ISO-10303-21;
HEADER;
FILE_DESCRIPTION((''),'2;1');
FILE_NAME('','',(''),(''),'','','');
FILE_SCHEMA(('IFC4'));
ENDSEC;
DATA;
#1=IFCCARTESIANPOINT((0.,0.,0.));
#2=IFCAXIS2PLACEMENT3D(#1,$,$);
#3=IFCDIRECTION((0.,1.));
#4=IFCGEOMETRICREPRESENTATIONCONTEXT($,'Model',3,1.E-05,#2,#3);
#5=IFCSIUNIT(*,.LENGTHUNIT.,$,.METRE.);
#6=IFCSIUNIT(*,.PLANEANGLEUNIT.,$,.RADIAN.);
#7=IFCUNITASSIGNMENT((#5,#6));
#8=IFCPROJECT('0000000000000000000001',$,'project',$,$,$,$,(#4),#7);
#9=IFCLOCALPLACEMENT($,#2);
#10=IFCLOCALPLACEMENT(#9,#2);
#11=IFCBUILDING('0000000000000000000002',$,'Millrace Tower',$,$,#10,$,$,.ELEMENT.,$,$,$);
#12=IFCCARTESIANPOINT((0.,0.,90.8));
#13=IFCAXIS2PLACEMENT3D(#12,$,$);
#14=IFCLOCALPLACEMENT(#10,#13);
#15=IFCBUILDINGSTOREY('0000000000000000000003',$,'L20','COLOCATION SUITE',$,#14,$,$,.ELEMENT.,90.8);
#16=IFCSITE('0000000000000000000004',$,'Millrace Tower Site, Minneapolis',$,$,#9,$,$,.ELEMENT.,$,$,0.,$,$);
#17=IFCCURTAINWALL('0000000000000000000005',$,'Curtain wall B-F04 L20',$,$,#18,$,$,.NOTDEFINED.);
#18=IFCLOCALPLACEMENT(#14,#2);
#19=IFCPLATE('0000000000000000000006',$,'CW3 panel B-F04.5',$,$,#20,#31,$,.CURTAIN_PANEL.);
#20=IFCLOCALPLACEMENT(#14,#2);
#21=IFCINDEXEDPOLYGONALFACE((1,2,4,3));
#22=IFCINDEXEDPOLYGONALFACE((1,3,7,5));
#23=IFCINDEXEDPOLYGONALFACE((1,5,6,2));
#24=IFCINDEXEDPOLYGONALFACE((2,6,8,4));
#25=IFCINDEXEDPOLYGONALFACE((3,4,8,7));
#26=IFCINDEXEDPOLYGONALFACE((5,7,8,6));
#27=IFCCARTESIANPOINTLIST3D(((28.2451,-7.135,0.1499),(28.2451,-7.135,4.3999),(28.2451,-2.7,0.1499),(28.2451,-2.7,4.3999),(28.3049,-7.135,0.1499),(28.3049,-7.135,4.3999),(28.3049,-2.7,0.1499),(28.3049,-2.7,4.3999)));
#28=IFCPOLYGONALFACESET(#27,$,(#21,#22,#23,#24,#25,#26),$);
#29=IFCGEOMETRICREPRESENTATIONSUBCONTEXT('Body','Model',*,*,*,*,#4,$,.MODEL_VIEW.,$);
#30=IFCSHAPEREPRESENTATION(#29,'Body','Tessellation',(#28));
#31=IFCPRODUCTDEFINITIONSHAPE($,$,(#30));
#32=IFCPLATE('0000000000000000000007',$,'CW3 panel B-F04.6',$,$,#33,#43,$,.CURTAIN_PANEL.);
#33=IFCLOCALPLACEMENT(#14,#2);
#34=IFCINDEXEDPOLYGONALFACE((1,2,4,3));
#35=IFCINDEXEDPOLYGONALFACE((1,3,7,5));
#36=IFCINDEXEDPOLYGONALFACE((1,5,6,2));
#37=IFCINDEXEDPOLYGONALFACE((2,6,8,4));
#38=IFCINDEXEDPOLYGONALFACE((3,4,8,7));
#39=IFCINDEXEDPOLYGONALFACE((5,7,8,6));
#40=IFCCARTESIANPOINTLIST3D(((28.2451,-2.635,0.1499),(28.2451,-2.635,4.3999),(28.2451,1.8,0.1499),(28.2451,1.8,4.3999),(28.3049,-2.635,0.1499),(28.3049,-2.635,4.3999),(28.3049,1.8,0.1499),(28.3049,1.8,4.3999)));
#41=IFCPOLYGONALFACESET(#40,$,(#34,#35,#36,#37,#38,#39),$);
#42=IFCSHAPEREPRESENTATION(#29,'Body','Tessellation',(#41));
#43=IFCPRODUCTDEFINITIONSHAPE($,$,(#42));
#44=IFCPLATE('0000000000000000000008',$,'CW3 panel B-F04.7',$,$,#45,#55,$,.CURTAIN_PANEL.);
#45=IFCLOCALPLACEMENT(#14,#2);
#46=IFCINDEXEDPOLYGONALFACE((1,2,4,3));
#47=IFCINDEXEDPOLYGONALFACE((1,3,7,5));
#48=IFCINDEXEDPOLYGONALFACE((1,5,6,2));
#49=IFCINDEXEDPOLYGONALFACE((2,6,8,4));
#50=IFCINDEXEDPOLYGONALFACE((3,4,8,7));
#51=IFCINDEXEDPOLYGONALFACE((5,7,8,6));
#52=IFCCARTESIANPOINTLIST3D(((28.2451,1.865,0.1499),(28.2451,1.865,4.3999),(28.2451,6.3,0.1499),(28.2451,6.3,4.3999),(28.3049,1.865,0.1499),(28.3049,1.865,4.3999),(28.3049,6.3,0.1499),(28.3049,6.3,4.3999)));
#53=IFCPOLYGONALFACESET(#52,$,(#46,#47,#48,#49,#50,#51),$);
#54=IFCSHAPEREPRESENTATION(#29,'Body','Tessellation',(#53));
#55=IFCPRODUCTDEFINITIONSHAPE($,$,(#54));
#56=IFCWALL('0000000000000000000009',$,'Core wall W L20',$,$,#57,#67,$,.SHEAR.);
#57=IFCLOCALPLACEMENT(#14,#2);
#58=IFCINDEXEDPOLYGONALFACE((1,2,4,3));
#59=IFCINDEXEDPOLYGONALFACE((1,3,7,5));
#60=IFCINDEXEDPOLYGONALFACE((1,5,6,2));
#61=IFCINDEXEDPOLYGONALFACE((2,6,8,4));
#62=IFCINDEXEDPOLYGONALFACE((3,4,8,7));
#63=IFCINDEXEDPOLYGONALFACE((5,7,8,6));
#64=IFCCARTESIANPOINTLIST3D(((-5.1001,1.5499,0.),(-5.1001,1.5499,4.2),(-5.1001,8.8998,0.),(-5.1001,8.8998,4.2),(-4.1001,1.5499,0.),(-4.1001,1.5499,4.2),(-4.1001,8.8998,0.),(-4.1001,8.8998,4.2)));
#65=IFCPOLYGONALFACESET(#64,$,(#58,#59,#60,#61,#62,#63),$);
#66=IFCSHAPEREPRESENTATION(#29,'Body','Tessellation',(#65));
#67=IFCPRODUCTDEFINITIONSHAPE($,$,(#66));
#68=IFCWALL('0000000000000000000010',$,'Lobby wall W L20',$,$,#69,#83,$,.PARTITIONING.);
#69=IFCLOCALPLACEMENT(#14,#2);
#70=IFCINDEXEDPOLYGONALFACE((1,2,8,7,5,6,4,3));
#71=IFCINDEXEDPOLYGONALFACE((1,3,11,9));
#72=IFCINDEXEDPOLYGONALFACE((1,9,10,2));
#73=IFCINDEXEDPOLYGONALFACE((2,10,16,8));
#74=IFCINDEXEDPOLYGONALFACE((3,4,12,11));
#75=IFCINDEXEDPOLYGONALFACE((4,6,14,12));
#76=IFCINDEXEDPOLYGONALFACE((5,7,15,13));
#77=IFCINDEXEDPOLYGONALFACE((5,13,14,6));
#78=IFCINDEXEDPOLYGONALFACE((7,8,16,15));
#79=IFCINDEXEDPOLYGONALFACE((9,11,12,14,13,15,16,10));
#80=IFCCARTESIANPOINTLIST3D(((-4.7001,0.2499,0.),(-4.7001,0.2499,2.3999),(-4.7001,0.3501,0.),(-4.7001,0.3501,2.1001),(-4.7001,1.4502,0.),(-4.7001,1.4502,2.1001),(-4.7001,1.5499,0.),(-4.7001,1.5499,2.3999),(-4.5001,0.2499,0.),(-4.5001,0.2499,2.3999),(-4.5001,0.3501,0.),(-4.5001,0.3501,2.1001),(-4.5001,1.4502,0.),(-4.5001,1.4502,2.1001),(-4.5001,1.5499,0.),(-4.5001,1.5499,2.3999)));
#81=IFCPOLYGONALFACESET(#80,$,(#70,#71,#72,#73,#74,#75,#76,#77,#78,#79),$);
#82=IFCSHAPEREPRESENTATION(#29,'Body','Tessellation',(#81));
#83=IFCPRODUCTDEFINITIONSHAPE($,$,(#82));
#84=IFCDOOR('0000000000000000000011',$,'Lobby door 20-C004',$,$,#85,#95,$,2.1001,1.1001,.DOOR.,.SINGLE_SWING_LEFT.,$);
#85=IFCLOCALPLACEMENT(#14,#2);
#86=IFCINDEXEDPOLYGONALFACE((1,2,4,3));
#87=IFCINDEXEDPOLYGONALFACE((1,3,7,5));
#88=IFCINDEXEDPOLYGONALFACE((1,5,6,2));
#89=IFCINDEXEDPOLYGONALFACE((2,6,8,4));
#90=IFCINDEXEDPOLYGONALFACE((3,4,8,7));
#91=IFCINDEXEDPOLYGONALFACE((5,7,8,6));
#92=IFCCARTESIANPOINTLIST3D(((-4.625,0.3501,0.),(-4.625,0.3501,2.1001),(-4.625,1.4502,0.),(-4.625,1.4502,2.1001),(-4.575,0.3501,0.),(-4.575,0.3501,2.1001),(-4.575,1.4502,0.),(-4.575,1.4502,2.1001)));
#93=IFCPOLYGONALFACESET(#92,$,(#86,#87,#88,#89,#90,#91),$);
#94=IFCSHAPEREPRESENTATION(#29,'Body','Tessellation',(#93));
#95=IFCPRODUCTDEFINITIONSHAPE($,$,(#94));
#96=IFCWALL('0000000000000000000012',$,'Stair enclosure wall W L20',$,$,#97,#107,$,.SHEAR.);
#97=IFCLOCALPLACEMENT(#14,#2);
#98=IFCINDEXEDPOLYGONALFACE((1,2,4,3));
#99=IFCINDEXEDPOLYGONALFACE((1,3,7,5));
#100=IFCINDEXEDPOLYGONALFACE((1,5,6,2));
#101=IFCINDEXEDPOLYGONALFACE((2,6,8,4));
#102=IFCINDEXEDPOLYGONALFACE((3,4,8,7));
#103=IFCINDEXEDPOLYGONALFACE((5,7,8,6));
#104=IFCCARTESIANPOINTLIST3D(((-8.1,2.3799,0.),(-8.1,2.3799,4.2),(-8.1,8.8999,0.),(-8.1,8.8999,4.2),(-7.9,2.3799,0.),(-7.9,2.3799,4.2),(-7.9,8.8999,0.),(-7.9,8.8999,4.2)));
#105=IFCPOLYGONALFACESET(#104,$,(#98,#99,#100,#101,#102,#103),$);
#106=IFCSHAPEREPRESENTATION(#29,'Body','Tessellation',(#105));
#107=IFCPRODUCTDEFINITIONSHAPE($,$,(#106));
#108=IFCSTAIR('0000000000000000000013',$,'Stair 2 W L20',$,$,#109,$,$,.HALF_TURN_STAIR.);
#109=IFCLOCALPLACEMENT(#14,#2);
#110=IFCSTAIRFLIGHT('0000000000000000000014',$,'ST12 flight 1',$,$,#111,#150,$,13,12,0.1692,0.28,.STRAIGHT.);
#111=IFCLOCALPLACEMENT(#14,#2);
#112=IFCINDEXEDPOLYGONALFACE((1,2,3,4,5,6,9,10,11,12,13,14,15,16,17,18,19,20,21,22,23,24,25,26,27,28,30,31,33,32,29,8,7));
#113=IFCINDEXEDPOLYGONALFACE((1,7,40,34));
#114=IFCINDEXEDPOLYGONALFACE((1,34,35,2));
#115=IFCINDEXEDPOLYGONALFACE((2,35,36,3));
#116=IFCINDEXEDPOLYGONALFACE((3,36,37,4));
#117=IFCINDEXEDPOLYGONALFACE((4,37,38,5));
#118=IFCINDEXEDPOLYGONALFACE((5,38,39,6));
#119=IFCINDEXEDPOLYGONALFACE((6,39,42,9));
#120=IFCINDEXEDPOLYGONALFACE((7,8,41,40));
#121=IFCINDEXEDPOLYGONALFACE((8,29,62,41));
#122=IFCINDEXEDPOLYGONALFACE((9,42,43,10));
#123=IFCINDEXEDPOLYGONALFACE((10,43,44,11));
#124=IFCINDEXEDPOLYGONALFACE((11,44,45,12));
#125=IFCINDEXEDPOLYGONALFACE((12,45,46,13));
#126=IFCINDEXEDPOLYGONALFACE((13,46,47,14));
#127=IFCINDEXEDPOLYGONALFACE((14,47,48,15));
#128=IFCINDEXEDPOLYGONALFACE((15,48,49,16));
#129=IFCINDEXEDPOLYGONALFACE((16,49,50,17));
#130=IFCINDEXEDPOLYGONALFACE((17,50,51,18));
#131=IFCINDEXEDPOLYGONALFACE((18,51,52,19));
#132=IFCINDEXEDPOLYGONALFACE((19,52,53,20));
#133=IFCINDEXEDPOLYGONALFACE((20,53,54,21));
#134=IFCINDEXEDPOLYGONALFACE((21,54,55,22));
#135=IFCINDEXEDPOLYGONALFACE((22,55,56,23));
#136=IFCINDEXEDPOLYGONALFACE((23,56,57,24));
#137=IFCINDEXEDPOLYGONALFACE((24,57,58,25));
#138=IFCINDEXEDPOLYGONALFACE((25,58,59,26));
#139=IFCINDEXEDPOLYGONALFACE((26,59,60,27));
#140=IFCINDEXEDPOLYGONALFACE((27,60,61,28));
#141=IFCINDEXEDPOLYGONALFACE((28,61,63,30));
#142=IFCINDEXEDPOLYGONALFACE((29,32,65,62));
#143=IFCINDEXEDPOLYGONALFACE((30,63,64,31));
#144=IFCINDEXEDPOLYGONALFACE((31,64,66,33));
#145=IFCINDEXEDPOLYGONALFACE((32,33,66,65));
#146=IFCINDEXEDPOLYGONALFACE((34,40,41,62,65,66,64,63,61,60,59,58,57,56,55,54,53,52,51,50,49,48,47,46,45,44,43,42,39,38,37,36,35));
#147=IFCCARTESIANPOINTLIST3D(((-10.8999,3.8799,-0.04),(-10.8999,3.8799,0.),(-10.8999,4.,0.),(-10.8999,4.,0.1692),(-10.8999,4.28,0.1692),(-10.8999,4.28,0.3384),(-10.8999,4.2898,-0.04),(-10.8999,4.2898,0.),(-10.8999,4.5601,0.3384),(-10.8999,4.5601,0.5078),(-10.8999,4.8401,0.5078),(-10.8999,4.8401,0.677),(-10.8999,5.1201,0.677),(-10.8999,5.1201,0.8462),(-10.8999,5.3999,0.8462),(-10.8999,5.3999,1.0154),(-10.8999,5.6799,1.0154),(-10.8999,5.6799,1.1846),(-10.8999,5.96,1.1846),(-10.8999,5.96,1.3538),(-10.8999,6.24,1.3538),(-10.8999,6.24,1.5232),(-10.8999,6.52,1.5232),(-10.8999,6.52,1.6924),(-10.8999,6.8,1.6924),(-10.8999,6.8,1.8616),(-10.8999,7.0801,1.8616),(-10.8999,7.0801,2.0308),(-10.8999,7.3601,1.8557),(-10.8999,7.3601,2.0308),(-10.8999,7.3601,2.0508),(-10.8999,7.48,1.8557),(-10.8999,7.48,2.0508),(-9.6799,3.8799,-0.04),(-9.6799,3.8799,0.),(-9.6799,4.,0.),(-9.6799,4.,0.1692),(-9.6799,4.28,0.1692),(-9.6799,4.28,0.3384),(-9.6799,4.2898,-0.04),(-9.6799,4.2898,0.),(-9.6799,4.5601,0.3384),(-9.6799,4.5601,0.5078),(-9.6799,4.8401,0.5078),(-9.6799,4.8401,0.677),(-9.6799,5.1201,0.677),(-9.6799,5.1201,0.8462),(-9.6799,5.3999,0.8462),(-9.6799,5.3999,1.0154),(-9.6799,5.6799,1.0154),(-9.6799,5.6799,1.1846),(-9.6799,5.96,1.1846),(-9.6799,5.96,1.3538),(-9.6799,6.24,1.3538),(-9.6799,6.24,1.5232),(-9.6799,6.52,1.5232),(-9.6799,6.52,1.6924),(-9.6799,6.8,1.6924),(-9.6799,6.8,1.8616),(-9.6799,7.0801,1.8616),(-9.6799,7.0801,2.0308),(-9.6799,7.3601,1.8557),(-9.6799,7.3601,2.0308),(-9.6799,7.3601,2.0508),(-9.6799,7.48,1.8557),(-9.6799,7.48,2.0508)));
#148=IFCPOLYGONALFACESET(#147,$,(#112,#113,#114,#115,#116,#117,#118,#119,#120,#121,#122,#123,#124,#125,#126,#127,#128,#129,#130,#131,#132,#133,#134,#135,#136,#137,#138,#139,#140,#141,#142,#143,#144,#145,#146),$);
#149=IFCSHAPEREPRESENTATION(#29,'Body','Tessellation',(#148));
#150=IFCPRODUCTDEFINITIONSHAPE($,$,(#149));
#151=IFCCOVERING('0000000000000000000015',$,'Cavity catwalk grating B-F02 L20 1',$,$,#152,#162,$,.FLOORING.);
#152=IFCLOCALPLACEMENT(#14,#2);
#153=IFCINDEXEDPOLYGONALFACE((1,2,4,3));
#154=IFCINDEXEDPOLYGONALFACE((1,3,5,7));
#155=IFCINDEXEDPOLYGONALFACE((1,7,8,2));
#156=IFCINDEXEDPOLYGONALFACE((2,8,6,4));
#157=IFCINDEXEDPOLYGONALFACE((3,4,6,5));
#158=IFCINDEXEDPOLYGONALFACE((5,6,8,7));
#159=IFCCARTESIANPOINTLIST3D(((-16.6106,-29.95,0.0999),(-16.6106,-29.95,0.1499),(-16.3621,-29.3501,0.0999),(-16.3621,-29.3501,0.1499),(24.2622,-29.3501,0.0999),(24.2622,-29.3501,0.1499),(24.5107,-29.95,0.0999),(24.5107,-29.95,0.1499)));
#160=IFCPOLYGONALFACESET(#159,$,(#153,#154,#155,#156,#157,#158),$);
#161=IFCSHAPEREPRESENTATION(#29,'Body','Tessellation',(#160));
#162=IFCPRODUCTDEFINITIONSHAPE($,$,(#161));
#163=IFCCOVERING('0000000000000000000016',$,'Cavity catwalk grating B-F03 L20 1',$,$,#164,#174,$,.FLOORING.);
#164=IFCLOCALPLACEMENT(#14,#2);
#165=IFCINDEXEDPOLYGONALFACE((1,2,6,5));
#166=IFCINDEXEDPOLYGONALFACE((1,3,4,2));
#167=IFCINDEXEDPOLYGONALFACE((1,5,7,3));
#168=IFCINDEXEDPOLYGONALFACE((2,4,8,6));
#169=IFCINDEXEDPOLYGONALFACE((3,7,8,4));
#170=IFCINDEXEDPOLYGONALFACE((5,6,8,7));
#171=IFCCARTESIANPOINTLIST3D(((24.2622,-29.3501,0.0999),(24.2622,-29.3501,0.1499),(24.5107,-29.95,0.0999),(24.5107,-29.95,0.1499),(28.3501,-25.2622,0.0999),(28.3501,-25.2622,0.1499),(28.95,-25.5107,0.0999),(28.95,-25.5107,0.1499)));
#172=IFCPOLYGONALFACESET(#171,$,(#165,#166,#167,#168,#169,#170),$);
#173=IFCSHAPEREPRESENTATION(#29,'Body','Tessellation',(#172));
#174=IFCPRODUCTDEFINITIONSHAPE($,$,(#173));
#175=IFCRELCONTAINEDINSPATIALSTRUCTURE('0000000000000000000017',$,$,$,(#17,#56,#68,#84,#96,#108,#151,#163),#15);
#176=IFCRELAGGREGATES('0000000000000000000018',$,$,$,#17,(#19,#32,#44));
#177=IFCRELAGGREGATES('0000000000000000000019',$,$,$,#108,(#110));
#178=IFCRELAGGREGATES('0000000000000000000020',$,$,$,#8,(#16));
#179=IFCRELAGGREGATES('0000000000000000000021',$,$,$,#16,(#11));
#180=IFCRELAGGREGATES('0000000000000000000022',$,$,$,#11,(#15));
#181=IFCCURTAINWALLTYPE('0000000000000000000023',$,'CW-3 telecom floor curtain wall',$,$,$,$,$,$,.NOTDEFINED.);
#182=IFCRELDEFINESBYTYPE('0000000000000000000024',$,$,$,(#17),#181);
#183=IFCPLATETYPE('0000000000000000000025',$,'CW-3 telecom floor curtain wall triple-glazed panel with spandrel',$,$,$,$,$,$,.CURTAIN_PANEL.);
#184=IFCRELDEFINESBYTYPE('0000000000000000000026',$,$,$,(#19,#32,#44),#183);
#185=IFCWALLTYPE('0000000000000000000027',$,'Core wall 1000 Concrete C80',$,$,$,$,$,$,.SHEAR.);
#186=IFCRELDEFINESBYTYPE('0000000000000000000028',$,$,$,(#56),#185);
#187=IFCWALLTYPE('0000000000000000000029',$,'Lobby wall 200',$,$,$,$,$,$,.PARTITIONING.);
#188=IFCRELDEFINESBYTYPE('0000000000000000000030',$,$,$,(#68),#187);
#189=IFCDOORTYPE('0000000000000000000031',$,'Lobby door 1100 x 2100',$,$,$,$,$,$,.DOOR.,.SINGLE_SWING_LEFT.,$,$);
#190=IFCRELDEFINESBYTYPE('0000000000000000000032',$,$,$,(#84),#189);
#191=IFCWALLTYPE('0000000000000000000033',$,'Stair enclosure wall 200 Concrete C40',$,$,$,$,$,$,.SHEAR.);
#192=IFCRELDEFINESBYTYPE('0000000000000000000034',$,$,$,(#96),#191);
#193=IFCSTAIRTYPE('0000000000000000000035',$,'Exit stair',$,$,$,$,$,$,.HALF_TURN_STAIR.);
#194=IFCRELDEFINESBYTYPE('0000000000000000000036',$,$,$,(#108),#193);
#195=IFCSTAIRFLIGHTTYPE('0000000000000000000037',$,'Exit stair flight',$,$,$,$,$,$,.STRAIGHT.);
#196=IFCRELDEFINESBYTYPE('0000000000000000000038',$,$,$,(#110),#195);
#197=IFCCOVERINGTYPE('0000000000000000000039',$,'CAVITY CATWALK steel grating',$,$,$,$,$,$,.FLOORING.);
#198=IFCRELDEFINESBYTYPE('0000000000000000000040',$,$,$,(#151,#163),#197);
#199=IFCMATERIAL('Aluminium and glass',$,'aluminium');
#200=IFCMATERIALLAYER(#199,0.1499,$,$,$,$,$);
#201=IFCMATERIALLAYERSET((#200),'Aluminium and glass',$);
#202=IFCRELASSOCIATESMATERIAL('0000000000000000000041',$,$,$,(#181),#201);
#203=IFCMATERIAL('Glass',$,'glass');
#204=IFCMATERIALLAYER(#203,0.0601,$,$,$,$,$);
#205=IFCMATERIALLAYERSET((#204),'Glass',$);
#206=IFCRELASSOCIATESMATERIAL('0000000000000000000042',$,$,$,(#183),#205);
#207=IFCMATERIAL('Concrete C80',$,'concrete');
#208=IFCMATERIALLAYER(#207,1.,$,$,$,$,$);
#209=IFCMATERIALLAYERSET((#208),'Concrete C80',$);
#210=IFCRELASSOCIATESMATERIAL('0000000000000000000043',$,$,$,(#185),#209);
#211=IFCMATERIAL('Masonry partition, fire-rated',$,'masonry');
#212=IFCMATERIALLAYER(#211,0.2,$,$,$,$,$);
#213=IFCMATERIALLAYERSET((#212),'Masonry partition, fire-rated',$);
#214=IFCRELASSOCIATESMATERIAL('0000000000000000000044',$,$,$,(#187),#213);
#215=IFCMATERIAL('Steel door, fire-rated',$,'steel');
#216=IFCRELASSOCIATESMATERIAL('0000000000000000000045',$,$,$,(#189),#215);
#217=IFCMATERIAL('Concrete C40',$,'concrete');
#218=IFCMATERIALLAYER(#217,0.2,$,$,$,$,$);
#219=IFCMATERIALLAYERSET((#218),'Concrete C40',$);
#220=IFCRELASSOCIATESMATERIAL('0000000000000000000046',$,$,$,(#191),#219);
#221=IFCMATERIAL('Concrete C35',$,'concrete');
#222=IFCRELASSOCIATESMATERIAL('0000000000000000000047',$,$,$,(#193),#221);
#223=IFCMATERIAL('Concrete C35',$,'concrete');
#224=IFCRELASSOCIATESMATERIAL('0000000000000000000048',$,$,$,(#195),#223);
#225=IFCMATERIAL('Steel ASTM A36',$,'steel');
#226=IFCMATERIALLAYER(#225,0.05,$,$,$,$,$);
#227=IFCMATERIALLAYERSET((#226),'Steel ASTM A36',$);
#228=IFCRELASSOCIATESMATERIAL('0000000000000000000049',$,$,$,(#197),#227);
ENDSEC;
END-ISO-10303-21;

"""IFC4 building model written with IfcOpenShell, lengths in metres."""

from ifc_helpers import new_model, si_unit, direction, frame, frame_2d, origin, place, context, subcontext, project, spatial, polyline, rectangle, outline, extrude, material, layer, layer_set, type_object, element, fill, aggregate, save


model = new_model("IFC4")

# Units and contexts
model_context = context("Model", 3, precision=1e-05, world=origin(), true_north=direction((0.0, 1.0)))
body_context = subcontext(model_context, "Body", "Model", "MODEL_VIEW")
ifc_project = project(units=[si_unit("LENGTHUNIT", "METRE"), si_unit("PLANEANGLEUNIT", "RADIAN")], contexts=[model_context])

# Site, building, storey
site_placement = place(None, origin())
site = spatial("IfcSite", under=ifc_project, at=site_placement, Name="Millrace Tower Site, Minneapolis", CompositionType="ELEMENT", RefElevation=0.0)
building_placement = place(site_placement, origin())
building = spatial("IfcBuilding", under=site, at=building_placement, Name="Millrace Tower", CompositionType="ELEMENT")
storey_placement = place(building_placement, frame((0.0, 0.0, 90.8)))
storey = spatial("IfcBuildingStorey", under=building, at=storey_placement, Name="L20", Description="COLOCATION SUITE", CompositionType="ELEMENT", Elevation=90.8)

# Shared definitions
ifc_material_1 = material(Name="Aluminium and glass", Category="aluminium")
ifc_layer_1 = layer(ifc_material_1, 0.1499)
ifc_layer_set_1 = layer_set([ifc_layer_1], Name="Aluminium and glass")
curtain_wall_type = type_object("IfcCurtainWallType", Name="CW-3 telecom floor curtain wall", PredefinedType="NOTDEFINED", material=ifc_layer_set_1)
placement_1 = place(storey_placement, origin())
ifc_material_2 = material(Name="Glass", Category="glass")
ifc_layer_2 = layer(ifc_material_2, 0.0601)
ifc_layer_set_2 = layer_set([ifc_layer_2], Name="Glass")
plate_type = type_object("IfcPlateType", Name="CW-3 telecom floor curtain wall triple-glazed panel with spandrel", PredefinedType="CURTAIN_PANEL", material=ifc_layer_set_2)
placement_2 = place(storey_placement, frame((0.0, 0.0, 0.1499)))

# Curtain wall, plates
curtain_wall_1 = element("IfcCurtainWall", 1, at=placement_1, inside=storey, type_object=curtain_wall_type, Name="Curtain wall B-F04 L20", PredefinedType="NOTDEFINED")
plate_1 = element("IfcPlate", 2, at=placement_2, type_object=plate_type, Name="CW3 panel B-F04.5", PredefinedType="CURTAIN_PANEL", context=body_context, shape_type="SweptSolid", body=[
    extrude(outline(polyline([(28.3049, -7.135), (28.3049, -2.7), (28.2451, -2.7), (28.2451, -7.135), (28.3049, -7.135)])), origin(), (0.0, 0.0, 1.0), 4.25),
])
plate_2 = element("IfcPlate", 3, at=placement_2, type_object=plate_type, Name="CW3 panel B-F04.6", PredefinedType="CURTAIN_PANEL", context=body_context, shape_type="SweptSolid", body=[
    extrude(outline(polyline([(28.3049, -2.635), (28.3049, 1.8), (28.2451, 1.8), (28.2451, -2.635), (28.3049, -2.635)])), origin(), (0.0, 0.0, 1.0), 4.25),
])
plate_3 = element("IfcPlate", 4, at=placement_2, type_object=plate_type, Name="CW3 panel B-F04.7", PredefinedType="CURTAIN_PANEL", context=body_context, shape_type="SweptSolid", body=[
    extrude(outline(polyline([(28.3049, 1.865), (28.3049, 6.3), (28.2451, 6.3), (28.2451, 1.865), (28.3049, 1.865)])), origin(), (0.0, 0.0, 1.0), 4.25),
])
aggregate(curtain_wall_1, [plate_1, plate_2, plate_3])

# Wall
ifc_material_3 = material(Name="Concrete C80", Category="concrete")
ifc_layer_3 = layer(ifc_material_3, 1.0)
ifc_layer_set_3 = layer_set([ifc_layer_3], Name="Concrete C80")
wall_type_1 = type_object("IfcWallType", Name="Core wall 1000 Concrete C80", PredefinedType="SHEAR", material=ifc_layer_set_3)
wall_1_placement = place(storey_placement, frame((-4.6001, 1.55, 0.0), z_axis=(0.0, 0.0, 1.0), x_axis=(0.0, 1.0, 0.0)))
element("IfcWall", 5, at=wall_1_placement, inside=storey, type_object=wall_type_1, Name="Core wall W L20", PredefinedType="SHEAR", context=body_context, shape_type="SweptSolid", body=[
    extrude(rectangle(XDim=7.3499, YDim=1.0, at=frame_2d((3.6748, 0.0))), origin(), (0.0, 0.0, 1.0), 4.2),
])

# Wall, opening, door
ifc_material_4 = material(Name="Masonry partition, fire-rated", Category="masonry")
ifc_layer_4 = layer(ifc_material_4, 0.2)
ifc_layer_set_4 = layer_set([ifc_layer_4], Name="Masonry partition, fire-rated")
wall_type_2 = type_object("IfcWallType", Name="Lobby wall 200", PredefinedType="PARTITIONING", material=ifc_layer_set_4)
wall_2_placement = place(storey_placement, frame((-4.6001, 0.25, 0.0), z_axis=(0.0, 0.0, 1.0), x_axis=(0.0, 1.0, 0.0)))
wall_2 = element("IfcWall", 6, at=wall_2_placement, inside=storey, type_object=wall_type_2, Name="Lobby wall W L20", PredefinedType="PARTITIONING", context=body_context, shape_type="SweptSolid", body=[
    extrude(rectangle(XDim=1.3, YDim=0.2, at=frame_2d((0.6499, 0.0))), origin(), (0.0, 0.0, 1.0), 2.3999),
])
opening_placement = place(wall_2_placement, frame((0.1001, 0.0, 0.0)))
opening = element("IfcOpeningElement", 7, at=opening_placement, cuts=wall_2, PredefinedType="OPENING", context=body_context, shape_type="SweptSolid", body=[
    extrude(rectangle(XDim=1.1001, YDim=2.1001, at=frame_2d((0.55, 1.05))), frame((0.0, 0.1099, 0.0), z_axis=(0.0, -1.0, 0.0), x_axis=(1.0, 0.0, 0.0)), (0.0, 0.0, 1.0), 0.22),
])
ifc_material_5 = material(Name="Steel door, fire-rated", Category="steel")
door_type = type_object("IfcDoorType", Name="Lobby door 1100 x 2100", OperationType="SINGLE_SWING_LEFT", PredefinedType="DOOR", material=ifc_material_5)
door_placement = place(opening_placement, origin())
door = element("IfcDoor", 8, at=door_placement, inside=storey, type_object=door_type, Name="Lobby door 20-C004", OperationType="SINGLE_SWING_LEFT", OverallHeight=2.1001, OverallWidth=1.1001, PredefinedType="DOOR", context=body_context, shape_type="SweptSolid", body=[
    extrude(rectangle(XDim=1.1001, YDim=2.1001, at=frame_2d((0.55, 1.05))), frame((0.0, 0.0249, 0.0), z_axis=(0.0, -1.0, 0.0), x_axis=(1.0, 0.0, 0.0)), (0.0, 0.0, 1.0), 0.05),
])
fill(opening, door)

# Wall
ifc_material_6 = material(Name="Concrete C40", Category="concrete")
ifc_layer_5 = layer(ifc_material_6, 0.2)
ifc_layer_set_5 = layer_set([ifc_layer_5], Name="Concrete C40")
wall_type_3 = type_object("IfcWallType", Name="Stair enclosure wall 200 Concrete C40", PredefinedType="SHEAR", material=ifc_layer_set_5)
wall_3_placement = place(storey_placement, frame((-8.0, 2.3799, 0.0), z_axis=(0.0, 0.0, 1.0), x_axis=(0.0, 1.0, 0.0)))
element("IfcWall", 9, at=wall_3_placement, inside=storey, type_object=wall_type_3, Name="Stair enclosure wall W L20", PredefinedType="SHEAR", context=body_context, shape_type="SweptSolid", body=[
    extrude(rectangle(XDim=6.52, YDim=0.2, at=frame_2d((3.26, 0.0))), origin(), (0.0, 0.0, 1.0), 4.2),
])

# Stair, stair flight
ifc_material_7 = material(Name="Concrete C35", Category="concrete")
stair_type = type_object("IfcStairType", Name="Exit stair", PredefinedType="HALF_TURN_STAIR", material=ifc_material_7)
stair = element("IfcStair", 10, at=placement_1, inside=storey, type_object=stair_type, Name="Stair 2 W L20", PredefinedType="HALF_TURN_STAIR")
ifc_material_8 = material(Name="Concrete C35", Category="concrete")
stair_flight_type = type_object("IfcStairFlightType", Name="Exit stair flight", PredefinedType="STRAIGHT", material=ifc_material_8)
stair_flight_placement = place(storey_placement, frame((-10.29, 4.0, 0.0), z_axis=(0.0, 0.0, 1.0), x_axis=(0.0, 1.0, 0.0)))
stair_flight = element("IfcStairFlight", 11, at=stair_flight_placement, type_object=stair_flight_type, Name="ST12 flight 1", NumberOfRisers=13, NumberOfTreads=12, PredefinedType="STRAIGHT", RiserHeight=0.1692, TreadLength=0.28, context=body_context, shape_type="SweptSolid", body=[
    extrude(outline(polyline([(-0.1201, -0.04), (-0.1201, 0.0), (0.0, 0.0), (0.0, 0.1692), (0.28, 0.1692), (0.28, 0.3384), (0.5601, 0.3384), (0.5601, 0.5078), (0.8401, 0.5078), (0.8401, 0.677), (1.1201, 0.677), (1.1201, 0.8462), (1.3999, 0.8462), (1.3999, 1.0154), (1.6799, 1.0154), (1.6799, 1.1846), (1.96, 1.1846), (1.96, 1.3538), (2.24, 1.3538), (2.24, 1.5232), (2.52, 1.5232), (2.52, 1.6924), (2.8, 1.6924), (2.8, 1.8616), (3.0801, 1.8616), (3.0801, 2.0308), (3.3601, 2.0308), (3.3601, 2.0508), (3.48, 2.0508), (3.48, 1.8557), (3.3601, 1.8557), (0.2898, 0.0), (0.2898, -0.04), (-0.1201, -0.04)])), frame((0.0, 0.6099, 0.0), z_axis=(0.0, -1.0, 0.0), x_axis=(1.0, 0.0, 0.0)), (0.0, 0.0, 1.0), 1.22),
])
aggregate(stair, [stair_flight])

# Coverings
ifc_material_9 = material(Name="Steel ASTM A36", Category="steel")
ifc_layer_6 = layer(ifc_material_9, 0.05)
ifc_layer_set_6 = layer_set([ifc_layer_6], Name="Steel ASTM A36")
covering_type = type_object("IfcCoveringType", Name="CAVITY CATWALK steel grating", PredefinedType="FLOORING", material=ifc_layer_set_6)
placement_3 = place(storey_placement, frame((0.0, 0.0, 0.0999)))
element("IfcCovering", 12, at=placement_3, inside=storey, type_object=covering_type, Name="Cavity catwalk grating B-F02 L20 1", PredefinedType="FLOORING", context=body_context, shape_type="SweptSolid", body=[
    extrude(outline(polyline([(-16.6106, -29.95), (24.5107, -29.95), (24.2622, -29.3501), (-16.3621, -29.3501), (-16.6106, -29.95)])), origin(), (0.0, 0.0, 1.0), 0.05),
])
element("IfcCovering", 13, at=placement_3, inside=storey, type_object=covering_type, Name="Cavity catwalk grating B-F03 L20 1", PredefinedType="FLOORING", context=body_context, shape_type="SweptSolid", body=[
    extrude(outline(polyline([(24.5107, -29.95), (28.95, -25.5107), (28.3501, -25.2622), (24.2622, -29.3501), (24.5107, -29.95)])), origin(), (0.0, 0.0, 1.0), 0.05),
])

save(model, "model.ifc")
